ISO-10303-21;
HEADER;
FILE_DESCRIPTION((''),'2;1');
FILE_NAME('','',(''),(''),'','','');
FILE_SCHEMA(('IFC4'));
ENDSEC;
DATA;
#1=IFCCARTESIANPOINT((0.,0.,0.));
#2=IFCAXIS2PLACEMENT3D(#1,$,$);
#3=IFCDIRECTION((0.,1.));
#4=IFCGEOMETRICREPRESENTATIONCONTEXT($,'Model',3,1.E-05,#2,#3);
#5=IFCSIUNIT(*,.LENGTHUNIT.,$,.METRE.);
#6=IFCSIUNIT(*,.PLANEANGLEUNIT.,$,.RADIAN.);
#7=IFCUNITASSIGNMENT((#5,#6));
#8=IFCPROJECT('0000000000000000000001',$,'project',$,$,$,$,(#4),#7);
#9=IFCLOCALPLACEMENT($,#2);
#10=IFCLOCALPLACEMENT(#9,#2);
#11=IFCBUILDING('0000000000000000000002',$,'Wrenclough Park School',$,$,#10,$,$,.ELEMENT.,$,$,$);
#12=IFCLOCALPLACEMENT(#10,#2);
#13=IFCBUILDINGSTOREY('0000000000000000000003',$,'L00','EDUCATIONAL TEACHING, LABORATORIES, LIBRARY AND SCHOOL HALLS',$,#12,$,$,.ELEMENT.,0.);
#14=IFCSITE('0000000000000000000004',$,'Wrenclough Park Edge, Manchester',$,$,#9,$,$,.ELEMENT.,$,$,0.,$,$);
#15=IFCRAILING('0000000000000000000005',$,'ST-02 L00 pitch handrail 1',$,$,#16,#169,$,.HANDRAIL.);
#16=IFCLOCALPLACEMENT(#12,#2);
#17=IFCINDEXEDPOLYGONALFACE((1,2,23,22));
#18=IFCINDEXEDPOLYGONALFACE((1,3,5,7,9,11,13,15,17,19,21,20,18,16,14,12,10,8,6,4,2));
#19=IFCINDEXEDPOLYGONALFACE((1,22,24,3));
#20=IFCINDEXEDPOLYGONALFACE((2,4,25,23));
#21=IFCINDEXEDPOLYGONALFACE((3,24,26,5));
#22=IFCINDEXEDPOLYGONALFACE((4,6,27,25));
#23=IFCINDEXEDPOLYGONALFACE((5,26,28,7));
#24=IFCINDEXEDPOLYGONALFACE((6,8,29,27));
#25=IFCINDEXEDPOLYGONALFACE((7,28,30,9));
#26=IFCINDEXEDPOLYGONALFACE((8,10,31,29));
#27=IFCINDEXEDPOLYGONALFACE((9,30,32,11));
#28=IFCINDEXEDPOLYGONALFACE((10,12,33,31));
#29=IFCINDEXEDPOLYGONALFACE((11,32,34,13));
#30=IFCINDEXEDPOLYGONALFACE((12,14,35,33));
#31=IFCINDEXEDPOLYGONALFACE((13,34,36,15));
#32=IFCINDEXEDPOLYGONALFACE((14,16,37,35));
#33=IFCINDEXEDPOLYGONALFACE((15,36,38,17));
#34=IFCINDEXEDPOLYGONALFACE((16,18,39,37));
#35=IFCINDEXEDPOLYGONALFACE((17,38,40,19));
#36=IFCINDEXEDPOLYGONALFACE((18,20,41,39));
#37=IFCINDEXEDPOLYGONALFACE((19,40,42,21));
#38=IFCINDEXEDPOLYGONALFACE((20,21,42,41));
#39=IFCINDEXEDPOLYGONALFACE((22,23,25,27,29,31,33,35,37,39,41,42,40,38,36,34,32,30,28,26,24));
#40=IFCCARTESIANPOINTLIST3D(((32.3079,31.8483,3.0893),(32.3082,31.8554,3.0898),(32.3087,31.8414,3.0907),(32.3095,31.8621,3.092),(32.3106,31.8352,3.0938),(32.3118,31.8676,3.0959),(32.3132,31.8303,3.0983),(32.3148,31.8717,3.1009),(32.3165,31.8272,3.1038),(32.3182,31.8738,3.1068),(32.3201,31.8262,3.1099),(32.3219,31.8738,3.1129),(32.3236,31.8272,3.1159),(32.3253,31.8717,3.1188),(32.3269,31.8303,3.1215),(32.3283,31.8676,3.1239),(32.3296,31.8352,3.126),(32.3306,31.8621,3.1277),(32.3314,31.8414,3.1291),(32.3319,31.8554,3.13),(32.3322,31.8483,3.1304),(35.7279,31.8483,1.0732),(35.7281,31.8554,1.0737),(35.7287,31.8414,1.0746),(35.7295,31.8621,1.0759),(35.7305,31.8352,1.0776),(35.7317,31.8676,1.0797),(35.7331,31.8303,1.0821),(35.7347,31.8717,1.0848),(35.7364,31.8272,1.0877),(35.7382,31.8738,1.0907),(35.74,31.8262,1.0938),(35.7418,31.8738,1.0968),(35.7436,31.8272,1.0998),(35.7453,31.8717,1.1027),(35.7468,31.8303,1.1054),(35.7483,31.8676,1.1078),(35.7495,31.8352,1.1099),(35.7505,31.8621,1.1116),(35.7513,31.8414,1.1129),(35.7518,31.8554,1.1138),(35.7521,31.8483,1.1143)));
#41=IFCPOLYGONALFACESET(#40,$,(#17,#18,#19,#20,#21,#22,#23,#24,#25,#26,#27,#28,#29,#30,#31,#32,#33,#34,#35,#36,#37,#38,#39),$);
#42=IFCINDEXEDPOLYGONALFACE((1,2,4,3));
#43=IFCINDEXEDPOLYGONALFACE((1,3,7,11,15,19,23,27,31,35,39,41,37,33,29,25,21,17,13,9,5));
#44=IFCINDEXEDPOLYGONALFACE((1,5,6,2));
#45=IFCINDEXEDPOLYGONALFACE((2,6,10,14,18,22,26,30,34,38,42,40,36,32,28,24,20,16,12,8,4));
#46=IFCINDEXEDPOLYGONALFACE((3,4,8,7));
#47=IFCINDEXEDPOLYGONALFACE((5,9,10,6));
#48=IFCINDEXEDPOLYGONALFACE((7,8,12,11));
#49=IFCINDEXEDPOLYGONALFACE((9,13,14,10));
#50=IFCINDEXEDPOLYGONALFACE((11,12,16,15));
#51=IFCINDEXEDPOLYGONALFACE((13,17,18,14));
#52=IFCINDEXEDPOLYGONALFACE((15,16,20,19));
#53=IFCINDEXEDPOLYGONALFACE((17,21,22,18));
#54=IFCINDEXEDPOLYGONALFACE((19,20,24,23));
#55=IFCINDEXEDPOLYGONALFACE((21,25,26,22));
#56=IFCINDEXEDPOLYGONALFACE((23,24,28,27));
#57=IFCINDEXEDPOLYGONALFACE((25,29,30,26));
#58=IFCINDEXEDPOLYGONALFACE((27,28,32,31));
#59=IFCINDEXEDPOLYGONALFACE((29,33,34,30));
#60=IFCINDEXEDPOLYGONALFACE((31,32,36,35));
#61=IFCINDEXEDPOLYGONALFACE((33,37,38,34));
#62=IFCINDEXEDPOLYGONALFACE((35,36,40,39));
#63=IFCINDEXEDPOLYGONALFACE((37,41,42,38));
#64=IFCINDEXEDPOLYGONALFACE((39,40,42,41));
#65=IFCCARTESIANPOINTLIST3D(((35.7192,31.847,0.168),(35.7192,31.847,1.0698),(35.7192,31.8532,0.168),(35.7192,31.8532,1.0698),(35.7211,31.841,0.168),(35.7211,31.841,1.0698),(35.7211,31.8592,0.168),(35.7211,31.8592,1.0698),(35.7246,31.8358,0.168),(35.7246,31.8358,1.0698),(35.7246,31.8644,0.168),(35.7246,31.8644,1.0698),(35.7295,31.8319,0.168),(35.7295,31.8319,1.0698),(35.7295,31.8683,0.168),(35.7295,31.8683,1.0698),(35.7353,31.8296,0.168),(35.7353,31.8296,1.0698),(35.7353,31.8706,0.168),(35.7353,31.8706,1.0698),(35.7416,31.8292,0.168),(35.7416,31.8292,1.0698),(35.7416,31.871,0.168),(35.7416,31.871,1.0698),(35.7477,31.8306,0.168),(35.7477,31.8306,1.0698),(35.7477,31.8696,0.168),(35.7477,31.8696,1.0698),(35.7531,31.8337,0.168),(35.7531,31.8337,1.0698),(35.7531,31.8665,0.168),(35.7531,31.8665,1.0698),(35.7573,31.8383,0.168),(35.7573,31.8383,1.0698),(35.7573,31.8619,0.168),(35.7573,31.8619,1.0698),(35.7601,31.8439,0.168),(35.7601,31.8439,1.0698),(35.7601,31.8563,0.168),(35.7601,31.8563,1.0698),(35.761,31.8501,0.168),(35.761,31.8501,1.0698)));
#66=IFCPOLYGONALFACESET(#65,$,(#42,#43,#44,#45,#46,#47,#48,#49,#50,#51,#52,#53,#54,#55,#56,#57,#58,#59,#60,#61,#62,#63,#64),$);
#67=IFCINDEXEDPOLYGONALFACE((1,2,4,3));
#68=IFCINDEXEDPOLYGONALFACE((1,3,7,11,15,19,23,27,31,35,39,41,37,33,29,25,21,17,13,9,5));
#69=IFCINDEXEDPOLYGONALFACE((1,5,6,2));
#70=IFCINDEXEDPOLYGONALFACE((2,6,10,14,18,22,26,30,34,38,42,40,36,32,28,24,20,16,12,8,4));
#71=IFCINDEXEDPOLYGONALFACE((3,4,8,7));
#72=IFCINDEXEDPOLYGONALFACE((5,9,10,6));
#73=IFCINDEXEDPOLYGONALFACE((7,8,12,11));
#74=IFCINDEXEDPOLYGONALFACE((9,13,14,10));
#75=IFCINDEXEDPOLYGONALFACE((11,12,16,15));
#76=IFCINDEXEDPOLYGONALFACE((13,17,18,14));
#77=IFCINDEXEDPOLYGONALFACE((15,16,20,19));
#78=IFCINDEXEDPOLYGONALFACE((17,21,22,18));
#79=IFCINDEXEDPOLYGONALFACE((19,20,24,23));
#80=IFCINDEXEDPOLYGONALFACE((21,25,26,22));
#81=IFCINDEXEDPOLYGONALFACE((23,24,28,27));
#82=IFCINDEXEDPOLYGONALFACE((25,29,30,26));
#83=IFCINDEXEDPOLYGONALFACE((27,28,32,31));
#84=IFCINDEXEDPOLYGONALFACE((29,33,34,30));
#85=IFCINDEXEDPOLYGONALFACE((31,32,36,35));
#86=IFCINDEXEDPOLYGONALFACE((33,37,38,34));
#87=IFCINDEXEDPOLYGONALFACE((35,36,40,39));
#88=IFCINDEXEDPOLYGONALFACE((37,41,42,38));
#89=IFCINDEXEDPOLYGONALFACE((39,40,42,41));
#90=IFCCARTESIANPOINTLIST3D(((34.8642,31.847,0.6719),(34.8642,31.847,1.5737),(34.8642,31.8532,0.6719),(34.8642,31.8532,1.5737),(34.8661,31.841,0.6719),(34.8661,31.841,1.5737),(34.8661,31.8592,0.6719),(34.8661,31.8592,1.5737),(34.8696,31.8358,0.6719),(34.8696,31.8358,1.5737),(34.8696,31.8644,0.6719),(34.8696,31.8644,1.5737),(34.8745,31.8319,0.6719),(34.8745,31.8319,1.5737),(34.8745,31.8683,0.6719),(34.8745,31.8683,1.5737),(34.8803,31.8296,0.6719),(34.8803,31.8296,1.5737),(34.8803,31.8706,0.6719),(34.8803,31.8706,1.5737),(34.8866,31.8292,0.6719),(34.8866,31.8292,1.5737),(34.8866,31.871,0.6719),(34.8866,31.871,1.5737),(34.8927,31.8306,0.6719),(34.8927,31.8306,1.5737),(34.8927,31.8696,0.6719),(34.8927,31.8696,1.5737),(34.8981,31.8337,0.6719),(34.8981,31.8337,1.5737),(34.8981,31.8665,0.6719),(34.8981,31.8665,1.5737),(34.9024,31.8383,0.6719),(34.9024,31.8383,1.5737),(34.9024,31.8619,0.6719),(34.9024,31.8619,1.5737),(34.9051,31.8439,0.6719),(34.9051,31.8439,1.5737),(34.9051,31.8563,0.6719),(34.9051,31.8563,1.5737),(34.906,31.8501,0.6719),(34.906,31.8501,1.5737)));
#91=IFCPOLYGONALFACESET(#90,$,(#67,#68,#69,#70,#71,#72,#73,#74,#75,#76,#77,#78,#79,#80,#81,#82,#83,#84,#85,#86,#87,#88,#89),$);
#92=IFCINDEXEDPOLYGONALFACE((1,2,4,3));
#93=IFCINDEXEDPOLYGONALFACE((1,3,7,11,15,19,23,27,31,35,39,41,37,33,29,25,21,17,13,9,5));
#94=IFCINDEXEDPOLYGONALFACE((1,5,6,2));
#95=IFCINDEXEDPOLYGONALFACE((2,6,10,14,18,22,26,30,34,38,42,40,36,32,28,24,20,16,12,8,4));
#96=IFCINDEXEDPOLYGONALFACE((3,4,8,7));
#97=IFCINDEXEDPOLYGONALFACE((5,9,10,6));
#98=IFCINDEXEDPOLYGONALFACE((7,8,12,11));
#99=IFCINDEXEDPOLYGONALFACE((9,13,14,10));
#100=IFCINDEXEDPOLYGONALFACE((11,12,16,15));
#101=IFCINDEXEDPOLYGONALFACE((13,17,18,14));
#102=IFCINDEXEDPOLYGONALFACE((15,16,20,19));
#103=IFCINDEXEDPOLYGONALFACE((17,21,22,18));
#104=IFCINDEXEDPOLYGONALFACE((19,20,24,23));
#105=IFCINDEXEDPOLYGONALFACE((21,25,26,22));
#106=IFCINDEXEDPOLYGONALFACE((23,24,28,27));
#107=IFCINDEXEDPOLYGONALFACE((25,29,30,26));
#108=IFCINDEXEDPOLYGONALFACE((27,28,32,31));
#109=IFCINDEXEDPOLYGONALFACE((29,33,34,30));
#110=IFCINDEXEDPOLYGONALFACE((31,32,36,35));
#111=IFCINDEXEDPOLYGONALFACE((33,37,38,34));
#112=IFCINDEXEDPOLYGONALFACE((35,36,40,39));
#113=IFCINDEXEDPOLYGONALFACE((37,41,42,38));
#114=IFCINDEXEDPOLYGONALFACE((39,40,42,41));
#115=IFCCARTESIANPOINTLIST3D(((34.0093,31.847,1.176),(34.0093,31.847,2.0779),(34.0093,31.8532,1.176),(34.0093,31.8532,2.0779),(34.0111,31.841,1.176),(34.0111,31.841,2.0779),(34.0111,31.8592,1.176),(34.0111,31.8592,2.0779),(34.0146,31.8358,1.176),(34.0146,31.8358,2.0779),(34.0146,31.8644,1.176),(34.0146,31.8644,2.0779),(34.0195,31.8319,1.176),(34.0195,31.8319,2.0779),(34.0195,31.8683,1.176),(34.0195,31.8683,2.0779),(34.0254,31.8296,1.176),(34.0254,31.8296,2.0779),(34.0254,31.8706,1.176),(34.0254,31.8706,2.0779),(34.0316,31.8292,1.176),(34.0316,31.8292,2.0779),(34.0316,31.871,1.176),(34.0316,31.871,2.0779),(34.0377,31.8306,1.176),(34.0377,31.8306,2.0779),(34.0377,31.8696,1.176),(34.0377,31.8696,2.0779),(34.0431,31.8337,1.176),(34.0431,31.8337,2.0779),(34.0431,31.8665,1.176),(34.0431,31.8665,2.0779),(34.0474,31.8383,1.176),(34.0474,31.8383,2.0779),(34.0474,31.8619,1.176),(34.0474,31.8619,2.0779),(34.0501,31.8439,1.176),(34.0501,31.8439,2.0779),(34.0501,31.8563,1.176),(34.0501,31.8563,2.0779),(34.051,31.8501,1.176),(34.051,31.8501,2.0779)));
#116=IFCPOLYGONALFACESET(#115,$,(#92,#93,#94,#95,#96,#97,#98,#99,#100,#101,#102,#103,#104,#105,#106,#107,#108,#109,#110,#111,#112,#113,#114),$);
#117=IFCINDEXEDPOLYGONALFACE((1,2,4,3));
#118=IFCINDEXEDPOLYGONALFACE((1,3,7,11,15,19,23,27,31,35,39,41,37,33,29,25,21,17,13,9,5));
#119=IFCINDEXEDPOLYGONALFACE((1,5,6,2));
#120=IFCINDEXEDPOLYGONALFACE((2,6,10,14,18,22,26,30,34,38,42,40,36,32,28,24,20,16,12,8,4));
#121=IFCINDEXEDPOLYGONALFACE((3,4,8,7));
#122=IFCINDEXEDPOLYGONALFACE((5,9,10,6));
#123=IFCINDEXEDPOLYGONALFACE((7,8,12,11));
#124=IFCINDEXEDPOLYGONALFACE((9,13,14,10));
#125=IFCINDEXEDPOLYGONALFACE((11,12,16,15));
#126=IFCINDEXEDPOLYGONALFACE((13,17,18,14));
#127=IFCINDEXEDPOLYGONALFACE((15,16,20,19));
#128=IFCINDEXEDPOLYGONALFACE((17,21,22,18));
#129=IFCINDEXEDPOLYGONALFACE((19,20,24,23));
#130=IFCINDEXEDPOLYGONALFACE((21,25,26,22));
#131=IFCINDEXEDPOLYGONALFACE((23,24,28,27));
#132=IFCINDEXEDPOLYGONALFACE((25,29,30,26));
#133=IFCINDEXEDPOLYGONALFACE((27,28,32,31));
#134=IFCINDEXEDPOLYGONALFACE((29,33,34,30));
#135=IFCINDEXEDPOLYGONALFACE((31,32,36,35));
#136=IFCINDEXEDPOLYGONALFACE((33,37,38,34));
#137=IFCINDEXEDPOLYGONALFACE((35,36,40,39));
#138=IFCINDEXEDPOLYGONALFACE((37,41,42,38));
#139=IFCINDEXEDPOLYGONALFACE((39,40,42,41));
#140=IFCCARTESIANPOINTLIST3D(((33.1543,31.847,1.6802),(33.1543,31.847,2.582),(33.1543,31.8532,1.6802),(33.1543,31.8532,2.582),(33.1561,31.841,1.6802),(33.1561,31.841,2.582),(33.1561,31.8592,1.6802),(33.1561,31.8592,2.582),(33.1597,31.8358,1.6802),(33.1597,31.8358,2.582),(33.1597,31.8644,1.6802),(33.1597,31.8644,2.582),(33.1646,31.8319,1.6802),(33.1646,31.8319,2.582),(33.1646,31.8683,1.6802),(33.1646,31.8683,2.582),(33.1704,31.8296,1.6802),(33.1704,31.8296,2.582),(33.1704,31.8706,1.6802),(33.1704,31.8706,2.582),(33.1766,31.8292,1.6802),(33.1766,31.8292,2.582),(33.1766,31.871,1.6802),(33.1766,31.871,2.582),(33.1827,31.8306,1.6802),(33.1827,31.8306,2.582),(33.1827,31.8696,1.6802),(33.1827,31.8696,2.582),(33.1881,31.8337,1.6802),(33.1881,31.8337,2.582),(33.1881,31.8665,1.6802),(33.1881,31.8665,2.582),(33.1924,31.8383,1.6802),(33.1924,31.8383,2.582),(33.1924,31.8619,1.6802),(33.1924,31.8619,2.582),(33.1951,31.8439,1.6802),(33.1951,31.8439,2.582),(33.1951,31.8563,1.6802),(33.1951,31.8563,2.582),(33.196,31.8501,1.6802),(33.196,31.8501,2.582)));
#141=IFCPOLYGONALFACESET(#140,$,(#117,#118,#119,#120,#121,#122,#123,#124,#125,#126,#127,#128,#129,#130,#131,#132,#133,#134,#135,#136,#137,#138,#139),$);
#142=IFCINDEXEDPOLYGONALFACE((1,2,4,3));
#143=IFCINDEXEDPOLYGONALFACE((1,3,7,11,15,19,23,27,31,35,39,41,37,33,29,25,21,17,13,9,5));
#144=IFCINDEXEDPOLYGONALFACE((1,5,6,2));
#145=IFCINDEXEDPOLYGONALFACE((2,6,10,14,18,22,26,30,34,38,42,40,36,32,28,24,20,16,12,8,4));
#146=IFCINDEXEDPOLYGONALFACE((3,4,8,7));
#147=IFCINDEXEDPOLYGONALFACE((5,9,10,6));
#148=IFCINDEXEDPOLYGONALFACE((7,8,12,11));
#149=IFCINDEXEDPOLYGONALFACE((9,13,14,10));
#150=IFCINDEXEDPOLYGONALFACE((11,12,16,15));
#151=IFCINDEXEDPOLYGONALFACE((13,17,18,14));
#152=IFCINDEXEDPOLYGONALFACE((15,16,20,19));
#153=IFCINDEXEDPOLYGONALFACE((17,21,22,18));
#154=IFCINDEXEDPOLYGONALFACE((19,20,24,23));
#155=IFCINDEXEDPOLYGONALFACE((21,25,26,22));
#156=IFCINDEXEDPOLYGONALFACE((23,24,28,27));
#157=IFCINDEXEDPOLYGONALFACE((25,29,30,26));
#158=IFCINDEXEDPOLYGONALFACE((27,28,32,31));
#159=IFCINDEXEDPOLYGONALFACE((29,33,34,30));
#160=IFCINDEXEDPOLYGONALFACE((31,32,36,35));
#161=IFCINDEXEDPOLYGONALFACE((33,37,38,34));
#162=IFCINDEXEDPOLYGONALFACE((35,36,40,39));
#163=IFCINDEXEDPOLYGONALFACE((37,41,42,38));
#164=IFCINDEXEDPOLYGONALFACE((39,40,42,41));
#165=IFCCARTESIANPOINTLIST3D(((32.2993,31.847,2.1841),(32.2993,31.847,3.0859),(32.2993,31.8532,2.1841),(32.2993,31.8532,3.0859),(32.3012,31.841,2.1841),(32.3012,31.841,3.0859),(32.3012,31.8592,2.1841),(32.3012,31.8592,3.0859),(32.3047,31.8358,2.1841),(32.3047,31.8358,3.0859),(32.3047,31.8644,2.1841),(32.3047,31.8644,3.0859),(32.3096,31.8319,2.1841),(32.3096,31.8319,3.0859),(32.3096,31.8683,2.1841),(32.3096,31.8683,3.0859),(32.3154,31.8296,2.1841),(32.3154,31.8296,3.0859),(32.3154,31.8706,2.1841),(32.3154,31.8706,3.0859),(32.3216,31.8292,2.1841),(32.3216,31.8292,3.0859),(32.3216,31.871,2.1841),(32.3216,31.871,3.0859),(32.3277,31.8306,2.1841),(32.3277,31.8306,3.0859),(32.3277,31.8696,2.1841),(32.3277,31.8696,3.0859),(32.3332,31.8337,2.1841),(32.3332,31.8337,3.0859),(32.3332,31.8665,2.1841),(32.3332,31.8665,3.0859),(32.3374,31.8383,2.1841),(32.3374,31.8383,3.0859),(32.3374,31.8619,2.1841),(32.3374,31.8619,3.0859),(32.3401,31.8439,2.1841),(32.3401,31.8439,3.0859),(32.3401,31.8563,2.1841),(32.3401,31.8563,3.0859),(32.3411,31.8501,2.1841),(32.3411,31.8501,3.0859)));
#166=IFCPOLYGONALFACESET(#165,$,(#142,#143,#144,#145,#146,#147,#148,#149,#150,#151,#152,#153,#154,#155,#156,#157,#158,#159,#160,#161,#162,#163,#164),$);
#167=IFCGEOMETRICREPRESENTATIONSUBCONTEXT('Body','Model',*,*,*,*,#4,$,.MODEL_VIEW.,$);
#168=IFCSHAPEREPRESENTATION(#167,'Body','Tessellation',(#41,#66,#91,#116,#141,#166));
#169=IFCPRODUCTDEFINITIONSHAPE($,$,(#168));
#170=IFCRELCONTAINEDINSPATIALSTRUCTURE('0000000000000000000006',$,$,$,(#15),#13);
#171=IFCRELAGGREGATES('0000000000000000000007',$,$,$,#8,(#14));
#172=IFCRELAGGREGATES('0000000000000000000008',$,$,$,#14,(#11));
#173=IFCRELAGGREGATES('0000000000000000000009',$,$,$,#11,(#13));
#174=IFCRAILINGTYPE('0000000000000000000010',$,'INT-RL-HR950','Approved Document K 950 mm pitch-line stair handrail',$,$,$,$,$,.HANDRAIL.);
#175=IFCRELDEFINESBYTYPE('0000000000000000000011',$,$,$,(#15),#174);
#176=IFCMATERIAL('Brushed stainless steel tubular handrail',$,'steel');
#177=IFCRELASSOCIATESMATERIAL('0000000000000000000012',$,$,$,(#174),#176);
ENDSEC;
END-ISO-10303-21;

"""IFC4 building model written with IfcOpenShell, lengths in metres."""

from ifc_helpers import new_model, si_unit, direction, frame, origin, origin_2d, place, context, subcontext, project, spatial, circle, extrude, material, type_object, element, save


model = new_model("IFC4")

# Units and contexts
model_context = context("Model", 3, precision=1e-05, world=origin(), true_north=direction((0.0, 1.0)))
body_context = subcontext(model_context, "Body", "Model", "MODEL_VIEW")
ifc_project = project(units=[si_unit("LENGTHUNIT", "METRE"), si_unit("PLANEANGLEUNIT", "RADIAN")], contexts=[model_context])

# Site, building, storey
site_placement = place(None, origin())
site = spatial("IfcSite", under=ifc_project, at=site_placement, Name="Wrenclough Park Edge, Manchester", CompositionType="ELEMENT", RefElevation=0.0)
building_placement = place(site_placement, origin())
building = spatial("IfcBuilding", under=site, at=building_placement, Name="Wrenclough Park School", CompositionType="ELEMENT")
storey_placement = place(building_placement, origin())
storey = spatial("IfcBuildingStorey", under=building, at=storey_placement, Name="L00", Description="EDUCATIONAL TEACHING, LABORATORIES, LIBRARY AND SCHOOL HALLS", CompositionType="ELEMENT", Elevation=0.0)

# Railing
ifc_material_1 = material(Name="Brushed stainless steel tubular handrail", Category="steel")
railing_type = type_object("IfcRailingType", Name="INT-RL-HR950", Description="Approved Document K 950 mm pitch-line stair handrail", PredefinedType="HANDRAIL", material=ifc_material_1)
railing_placement = place(storey_placement, frame((35.74, 31.8501, 0.168)))
element("IfcRailing", 1, at=railing_placement, inside=storey, type_object=railing_type, Name="ST-02 L00 pitch handrail 1", PredefinedType="HANDRAIL", context=body_context, shape_type="SweptSolid", body=[
    extrude(circle(Radius=0.0239, at=origin_2d()), frame((0.0, 0.0, 0.9258), z_axis=(-0.86145, 0.0, 0.507842), x_axis=(0.0, -1.0, 0.0)), (0.0, 0.0, 1.0), 3.97),
    extrude(circle(Radius=0.021, at=origin_2d()), origin(), (0.0, 0.0, 1.0), 0.9019),
    extrude(circle(Radius=0.021, at=origin_2d()), frame((-0.855, 0.0, 0.5039)), (0.0, 0.0, 1.0), 0.9019),
    extrude(circle(Radius=0.021, at=origin_2d()), frame((-1.71, 0.0, 1.0081)), (0.0, 0.0, 1.0), 0.9019),
    extrude(circle(Radius=0.021, at=origin_2d()), frame((-2.5649, 0.0, 1.5122)), (0.0, 0.0, 1.0), 0.9019),
    extrude(circle(Radius=0.021, at=origin_2d()), frame((-3.4199, 0.0, 2.0161)), (0.0, 0.0, 1.0), 0.9019),
])

save(model, "model.ifc")
